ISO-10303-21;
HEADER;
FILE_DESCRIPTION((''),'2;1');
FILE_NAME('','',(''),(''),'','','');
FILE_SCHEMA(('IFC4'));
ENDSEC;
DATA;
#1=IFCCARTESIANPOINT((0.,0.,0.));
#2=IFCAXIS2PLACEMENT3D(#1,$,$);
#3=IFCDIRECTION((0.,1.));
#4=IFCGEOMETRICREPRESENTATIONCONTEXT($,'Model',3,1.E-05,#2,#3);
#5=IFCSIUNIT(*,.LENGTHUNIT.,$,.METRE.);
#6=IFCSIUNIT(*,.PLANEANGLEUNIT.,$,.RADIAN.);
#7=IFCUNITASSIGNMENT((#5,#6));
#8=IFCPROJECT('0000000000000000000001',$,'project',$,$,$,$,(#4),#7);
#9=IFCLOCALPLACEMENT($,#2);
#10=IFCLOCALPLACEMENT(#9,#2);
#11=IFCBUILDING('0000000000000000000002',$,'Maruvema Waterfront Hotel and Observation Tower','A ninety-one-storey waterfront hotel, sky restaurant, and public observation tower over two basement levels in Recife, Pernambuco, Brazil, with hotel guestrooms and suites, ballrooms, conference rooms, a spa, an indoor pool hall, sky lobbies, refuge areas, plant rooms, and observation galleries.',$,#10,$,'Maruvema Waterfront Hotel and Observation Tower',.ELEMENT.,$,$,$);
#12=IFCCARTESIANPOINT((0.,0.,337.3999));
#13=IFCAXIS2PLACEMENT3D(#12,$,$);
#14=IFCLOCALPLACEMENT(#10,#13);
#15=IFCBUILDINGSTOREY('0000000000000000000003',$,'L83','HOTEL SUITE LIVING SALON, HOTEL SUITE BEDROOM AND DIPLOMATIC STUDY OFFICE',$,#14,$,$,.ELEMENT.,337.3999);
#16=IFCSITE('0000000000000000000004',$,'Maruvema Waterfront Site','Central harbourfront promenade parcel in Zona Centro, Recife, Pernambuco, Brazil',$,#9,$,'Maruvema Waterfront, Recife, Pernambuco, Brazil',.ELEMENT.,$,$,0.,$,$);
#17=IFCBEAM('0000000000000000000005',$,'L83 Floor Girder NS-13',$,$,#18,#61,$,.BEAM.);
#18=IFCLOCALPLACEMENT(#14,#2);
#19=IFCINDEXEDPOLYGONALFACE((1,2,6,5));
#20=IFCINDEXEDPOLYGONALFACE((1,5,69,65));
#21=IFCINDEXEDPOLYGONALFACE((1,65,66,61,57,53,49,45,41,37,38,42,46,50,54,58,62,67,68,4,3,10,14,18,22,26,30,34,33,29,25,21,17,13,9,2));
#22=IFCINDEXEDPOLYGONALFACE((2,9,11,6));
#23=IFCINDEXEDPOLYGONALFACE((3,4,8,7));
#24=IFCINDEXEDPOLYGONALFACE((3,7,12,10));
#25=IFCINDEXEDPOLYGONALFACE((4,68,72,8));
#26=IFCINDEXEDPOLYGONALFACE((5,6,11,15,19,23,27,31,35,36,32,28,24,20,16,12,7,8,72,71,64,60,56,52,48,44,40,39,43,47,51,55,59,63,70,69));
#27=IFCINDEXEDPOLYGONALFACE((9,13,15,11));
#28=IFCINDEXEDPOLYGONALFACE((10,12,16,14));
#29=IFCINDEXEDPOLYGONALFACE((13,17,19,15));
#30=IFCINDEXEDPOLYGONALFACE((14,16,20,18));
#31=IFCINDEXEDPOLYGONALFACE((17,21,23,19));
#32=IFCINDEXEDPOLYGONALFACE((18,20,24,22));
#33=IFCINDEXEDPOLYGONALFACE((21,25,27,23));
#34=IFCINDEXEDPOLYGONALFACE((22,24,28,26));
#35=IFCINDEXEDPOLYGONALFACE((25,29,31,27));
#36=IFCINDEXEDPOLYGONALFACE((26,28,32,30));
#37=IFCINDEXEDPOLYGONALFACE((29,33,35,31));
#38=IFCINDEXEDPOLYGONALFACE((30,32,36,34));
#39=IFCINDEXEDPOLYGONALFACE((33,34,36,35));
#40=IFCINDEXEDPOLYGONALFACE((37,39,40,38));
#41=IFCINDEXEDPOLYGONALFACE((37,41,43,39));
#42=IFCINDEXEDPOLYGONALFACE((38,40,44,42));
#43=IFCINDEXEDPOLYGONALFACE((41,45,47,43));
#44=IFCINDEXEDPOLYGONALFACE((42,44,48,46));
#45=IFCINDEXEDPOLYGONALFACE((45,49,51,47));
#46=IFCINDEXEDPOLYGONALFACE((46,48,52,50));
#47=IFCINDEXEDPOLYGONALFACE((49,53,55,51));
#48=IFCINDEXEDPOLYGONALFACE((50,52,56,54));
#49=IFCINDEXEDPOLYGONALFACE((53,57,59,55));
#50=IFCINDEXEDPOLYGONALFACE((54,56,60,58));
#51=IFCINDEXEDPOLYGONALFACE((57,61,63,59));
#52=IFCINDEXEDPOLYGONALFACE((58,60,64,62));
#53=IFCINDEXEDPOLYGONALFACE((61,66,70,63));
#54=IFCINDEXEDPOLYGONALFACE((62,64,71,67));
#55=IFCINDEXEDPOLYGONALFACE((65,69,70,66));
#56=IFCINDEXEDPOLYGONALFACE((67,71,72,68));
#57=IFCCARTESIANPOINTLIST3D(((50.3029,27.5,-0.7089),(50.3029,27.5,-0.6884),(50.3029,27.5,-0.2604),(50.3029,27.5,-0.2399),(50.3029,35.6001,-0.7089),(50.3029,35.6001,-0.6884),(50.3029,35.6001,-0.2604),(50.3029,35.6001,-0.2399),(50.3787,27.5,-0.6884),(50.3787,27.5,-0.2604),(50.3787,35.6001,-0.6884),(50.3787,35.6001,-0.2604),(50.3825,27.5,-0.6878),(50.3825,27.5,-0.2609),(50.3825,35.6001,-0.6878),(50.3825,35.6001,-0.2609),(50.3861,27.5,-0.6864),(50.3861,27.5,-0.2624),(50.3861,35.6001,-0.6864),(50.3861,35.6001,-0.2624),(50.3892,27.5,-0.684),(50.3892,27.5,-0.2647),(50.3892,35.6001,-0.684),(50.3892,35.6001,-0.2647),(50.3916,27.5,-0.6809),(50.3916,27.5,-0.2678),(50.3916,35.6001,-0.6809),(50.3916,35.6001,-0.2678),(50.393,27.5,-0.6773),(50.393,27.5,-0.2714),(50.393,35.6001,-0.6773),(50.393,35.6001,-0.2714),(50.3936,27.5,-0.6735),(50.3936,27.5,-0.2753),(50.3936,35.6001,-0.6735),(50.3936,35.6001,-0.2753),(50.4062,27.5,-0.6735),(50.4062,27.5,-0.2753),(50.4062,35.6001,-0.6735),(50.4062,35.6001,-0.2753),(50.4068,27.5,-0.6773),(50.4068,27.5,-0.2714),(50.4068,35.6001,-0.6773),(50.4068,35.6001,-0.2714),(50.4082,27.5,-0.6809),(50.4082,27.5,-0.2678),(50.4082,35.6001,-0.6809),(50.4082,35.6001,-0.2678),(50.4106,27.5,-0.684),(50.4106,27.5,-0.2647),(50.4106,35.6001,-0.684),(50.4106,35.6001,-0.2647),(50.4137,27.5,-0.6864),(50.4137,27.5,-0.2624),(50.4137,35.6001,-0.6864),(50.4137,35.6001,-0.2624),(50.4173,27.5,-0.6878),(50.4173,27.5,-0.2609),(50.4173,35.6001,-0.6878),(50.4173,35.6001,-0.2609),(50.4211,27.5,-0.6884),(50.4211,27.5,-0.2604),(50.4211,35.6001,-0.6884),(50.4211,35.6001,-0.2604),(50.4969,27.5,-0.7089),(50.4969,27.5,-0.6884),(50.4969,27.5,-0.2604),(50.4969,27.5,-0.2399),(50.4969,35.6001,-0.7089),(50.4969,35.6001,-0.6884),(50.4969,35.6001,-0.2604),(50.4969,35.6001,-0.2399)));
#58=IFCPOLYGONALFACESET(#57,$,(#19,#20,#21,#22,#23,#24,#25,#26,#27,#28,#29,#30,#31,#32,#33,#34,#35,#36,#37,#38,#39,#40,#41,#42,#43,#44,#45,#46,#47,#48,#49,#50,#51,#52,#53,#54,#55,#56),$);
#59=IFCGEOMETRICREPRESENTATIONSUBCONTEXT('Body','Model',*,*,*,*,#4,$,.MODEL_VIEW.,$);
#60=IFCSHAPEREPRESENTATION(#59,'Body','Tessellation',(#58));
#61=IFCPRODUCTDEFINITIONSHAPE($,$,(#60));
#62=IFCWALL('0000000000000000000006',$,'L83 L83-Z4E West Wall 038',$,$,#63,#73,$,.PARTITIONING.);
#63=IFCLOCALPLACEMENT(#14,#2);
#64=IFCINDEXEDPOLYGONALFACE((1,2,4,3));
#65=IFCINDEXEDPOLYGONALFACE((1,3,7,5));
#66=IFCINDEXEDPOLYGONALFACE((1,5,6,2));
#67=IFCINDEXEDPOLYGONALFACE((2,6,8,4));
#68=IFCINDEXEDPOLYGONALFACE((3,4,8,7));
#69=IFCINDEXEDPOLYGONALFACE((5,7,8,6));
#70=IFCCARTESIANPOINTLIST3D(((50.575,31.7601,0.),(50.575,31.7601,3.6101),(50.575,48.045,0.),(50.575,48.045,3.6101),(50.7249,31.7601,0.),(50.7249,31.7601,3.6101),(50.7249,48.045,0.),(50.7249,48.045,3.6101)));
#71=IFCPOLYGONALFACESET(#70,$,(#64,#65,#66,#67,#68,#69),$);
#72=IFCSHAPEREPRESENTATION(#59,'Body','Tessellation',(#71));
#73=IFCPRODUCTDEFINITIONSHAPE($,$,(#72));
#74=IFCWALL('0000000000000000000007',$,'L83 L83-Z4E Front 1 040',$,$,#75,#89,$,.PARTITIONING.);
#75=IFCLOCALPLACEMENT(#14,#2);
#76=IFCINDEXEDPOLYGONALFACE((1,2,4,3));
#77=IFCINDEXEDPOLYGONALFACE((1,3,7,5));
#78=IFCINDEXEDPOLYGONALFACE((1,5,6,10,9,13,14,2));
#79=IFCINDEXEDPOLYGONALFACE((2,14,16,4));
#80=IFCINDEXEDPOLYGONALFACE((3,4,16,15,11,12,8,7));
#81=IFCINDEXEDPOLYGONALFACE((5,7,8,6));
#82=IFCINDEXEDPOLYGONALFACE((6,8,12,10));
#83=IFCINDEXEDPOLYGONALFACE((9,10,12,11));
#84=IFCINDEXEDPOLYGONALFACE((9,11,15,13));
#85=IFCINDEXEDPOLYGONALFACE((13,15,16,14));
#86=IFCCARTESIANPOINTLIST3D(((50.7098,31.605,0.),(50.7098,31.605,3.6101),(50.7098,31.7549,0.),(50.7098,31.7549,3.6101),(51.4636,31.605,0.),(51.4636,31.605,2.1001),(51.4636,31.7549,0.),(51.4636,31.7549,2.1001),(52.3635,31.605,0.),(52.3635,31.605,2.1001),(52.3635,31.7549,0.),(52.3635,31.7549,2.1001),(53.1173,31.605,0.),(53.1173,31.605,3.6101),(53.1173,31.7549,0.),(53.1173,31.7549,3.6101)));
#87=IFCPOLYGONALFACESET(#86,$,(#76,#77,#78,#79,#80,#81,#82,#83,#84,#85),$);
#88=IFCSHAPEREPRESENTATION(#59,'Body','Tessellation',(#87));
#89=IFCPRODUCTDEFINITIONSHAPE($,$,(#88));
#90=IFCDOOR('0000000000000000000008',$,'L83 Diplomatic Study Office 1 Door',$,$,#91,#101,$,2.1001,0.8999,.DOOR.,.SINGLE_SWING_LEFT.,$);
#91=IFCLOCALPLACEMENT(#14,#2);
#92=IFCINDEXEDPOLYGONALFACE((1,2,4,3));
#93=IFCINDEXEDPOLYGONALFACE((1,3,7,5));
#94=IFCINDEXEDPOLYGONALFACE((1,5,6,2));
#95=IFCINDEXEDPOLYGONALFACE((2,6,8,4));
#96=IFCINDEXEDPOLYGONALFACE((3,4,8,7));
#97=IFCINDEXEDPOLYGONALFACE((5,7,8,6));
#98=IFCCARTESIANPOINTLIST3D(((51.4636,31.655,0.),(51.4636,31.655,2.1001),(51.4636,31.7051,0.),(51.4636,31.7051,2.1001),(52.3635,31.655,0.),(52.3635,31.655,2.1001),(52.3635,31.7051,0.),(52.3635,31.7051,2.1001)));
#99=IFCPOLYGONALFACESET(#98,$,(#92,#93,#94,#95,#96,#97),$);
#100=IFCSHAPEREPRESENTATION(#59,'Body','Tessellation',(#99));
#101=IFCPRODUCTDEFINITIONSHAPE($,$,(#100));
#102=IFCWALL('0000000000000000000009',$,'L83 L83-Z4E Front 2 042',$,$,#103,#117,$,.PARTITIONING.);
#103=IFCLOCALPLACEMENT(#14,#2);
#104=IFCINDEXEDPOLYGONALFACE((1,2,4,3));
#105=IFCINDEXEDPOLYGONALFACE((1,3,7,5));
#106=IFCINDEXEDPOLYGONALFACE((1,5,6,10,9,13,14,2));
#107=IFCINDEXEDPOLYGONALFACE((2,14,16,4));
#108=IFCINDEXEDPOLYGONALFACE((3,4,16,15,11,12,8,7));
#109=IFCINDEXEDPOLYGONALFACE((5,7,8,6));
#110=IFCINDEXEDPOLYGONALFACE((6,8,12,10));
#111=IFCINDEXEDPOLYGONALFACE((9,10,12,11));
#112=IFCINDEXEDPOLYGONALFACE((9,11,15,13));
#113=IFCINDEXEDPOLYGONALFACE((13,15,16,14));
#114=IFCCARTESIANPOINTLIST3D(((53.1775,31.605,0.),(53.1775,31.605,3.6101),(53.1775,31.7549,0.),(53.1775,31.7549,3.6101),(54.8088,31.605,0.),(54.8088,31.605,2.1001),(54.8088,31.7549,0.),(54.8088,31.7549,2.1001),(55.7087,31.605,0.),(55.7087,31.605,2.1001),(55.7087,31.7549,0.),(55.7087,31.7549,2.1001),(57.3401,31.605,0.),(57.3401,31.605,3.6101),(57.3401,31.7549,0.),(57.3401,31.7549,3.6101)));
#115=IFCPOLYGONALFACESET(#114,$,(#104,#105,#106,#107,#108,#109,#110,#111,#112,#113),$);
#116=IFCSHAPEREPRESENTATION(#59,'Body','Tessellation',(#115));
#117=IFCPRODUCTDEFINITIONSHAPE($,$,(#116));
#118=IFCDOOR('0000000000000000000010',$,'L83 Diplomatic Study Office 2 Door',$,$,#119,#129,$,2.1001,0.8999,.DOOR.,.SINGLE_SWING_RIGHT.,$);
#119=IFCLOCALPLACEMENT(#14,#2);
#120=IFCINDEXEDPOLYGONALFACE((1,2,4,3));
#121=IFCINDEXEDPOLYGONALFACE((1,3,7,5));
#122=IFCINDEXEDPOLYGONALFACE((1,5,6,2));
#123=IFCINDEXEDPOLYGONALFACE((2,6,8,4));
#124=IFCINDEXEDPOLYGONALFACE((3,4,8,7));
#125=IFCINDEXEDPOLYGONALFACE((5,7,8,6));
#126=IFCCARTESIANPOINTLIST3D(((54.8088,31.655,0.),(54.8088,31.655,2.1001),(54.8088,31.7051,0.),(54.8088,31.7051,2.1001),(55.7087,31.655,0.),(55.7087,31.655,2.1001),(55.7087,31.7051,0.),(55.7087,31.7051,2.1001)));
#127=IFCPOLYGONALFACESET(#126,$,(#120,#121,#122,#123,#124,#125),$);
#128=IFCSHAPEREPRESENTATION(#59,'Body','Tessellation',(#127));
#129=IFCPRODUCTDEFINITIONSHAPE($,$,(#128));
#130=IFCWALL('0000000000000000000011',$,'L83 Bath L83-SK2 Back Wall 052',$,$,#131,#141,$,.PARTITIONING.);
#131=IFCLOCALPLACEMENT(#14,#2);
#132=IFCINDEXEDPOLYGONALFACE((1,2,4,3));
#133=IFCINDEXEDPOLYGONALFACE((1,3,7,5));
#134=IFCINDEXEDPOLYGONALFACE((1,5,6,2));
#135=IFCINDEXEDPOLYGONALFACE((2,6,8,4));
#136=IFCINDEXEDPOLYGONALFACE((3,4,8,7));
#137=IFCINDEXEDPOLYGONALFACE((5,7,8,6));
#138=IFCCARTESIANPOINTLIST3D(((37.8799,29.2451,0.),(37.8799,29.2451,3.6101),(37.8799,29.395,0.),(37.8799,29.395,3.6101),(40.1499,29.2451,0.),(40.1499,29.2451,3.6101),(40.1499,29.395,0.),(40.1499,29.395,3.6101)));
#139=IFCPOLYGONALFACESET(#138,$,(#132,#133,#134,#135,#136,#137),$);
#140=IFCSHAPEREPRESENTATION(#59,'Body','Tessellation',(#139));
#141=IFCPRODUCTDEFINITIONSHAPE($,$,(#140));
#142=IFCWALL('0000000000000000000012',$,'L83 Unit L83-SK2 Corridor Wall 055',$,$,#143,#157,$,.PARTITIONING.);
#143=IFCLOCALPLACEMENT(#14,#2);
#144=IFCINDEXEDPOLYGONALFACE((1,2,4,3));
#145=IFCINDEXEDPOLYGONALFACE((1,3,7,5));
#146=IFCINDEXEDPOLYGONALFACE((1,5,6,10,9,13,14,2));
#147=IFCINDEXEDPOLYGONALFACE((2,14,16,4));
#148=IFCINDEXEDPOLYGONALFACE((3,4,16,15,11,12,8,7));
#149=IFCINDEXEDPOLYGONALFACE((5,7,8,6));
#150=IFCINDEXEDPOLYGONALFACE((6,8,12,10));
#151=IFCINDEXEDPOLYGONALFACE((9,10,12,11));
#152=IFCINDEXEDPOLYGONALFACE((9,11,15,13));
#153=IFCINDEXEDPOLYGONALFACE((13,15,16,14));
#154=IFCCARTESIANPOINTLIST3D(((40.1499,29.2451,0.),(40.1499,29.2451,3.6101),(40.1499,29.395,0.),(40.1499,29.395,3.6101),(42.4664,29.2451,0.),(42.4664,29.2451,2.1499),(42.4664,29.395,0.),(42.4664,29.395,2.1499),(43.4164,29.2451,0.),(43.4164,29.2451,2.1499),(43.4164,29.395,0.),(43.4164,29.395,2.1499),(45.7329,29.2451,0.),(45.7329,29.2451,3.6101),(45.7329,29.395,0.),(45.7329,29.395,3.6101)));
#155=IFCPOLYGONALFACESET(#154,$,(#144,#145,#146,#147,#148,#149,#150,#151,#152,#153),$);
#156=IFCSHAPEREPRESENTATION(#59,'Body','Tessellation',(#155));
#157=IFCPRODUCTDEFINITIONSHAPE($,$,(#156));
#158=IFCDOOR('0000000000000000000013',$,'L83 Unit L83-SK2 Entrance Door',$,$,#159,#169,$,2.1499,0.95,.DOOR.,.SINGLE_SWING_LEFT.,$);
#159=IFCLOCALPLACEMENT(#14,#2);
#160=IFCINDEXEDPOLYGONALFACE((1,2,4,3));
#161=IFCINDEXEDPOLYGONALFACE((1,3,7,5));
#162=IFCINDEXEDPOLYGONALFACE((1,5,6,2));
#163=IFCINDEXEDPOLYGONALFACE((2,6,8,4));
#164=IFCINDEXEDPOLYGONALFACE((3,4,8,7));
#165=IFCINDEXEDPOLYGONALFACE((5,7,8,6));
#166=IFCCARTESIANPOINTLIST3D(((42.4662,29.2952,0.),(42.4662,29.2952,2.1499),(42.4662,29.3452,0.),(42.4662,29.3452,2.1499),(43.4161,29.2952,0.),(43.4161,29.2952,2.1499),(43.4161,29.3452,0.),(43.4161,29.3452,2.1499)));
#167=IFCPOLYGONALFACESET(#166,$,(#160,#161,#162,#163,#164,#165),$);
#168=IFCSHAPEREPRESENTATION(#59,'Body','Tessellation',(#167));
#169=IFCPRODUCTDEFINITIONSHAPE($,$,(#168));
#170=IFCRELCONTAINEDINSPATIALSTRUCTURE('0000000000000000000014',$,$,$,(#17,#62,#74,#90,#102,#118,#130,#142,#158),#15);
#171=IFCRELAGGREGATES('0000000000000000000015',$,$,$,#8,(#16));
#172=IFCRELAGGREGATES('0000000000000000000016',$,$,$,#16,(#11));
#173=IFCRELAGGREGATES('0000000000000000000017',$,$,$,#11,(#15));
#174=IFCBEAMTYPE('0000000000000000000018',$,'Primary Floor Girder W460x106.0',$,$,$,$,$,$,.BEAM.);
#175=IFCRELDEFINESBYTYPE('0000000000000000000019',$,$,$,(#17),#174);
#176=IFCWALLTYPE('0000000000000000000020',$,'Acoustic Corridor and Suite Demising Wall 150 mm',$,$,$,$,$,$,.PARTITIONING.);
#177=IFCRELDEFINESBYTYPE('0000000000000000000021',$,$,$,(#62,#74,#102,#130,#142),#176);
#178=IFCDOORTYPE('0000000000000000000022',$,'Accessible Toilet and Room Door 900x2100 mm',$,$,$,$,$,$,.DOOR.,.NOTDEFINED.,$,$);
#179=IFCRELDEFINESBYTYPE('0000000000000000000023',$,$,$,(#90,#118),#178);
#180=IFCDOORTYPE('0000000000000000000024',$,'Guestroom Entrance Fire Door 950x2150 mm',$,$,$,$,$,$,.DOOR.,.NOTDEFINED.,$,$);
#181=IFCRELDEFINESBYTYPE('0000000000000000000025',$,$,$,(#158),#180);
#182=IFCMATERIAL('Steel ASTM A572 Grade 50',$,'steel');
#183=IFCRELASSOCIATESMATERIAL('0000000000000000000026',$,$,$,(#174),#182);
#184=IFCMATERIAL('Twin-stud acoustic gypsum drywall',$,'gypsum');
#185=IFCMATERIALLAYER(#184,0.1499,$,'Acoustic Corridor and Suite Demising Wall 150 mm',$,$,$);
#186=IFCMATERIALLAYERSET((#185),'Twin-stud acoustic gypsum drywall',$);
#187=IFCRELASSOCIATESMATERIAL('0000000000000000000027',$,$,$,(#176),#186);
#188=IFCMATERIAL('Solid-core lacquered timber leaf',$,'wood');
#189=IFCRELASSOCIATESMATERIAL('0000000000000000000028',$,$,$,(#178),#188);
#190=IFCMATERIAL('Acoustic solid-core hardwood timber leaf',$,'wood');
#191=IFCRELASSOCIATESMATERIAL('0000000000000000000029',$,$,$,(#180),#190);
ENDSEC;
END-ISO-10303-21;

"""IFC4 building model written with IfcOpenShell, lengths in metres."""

from ifc_helpers import new_model, si_unit, direction, frame, frame_2d, origin, origin_2d, place, context, subcontext, project, spatial, rectangle, i_section, extrude, material, layer, layer_set, material_profile, profile_set, type_object, element, fill, save


model = new_model("IFC4")

# Units and contexts
model_context = context("Model", 3, precision=1e-05, world=origin(), true_north=direction((0.0, 1.0)))
body_context = subcontext(model_context, "Body", "Model", "MODEL_VIEW")
ifc_project = project(units=[si_unit("LENGTHUNIT", "METRE"), si_unit("PLANEANGLEUNIT", "RADIAN")], contexts=[model_context])

# Site, building, storey
site_placement = place(None, origin())
site = spatial("IfcSite", under=ifc_project, at=site_placement, Name="Maruvema Waterfront Site", Description="Central harbourfront promenade parcel in Zona Centro, Recife, Pernambuco, Brazil", LongName="Maruvema Waterfront, Recife, Pernambuco, Brazil", CompositionType="ELEMENT", RefElevation=0.0)
building_placement = place(site_placement, origin())
building = spatial("IfcBuilding", under=site, at=building_placement, Name="Maruvema Waterfront Hotel and Observation Tower", Description="A ninety-one-storey waterfront hotel, sky restaurant, and public observation tower over two basement levels in Recife, Pernambuco, Brazil, with hotel guestrooms and suites, ballrooms, conference rooms, a spa, an indoor pool hall, sky lobbies, refuge areas, plant rooms, and observation galleries.", LongName="Maruvema Waterfront Hotel and Observation Tower", CompositionType="ELEMENT")
storey_placement = place(building_placement, frame((0.0, 0.0, 337.3999)))
storey = spatial("IfcBuildingStorey", under=building, at=storey_placement, Name="L83", Description="HOTEL SUITE LIVING SALON, HOTEL SUITE BEDROOM AND DIPLOMATIC STUDY OFFICE", CompositionType="ELEMENT", Elevation=337.3999)

# Beam
ifc_material_1 = material(Name="Steel ASTM A572 Grade 50", Category="steel")
ifc_material_profile_1 = material_profile(ifc_material_1, i_section(OverallWidth=0.1941, OverallDepth=0.469, WebThickness=0.0127, FlangeThickness=0.0205, FilletRadius=0.0149, at=origin_2d()), Name="W460x106.0")
ifc_profile_set_1 = profile_set([ifc_material_profile_1], Name="Steel ASTM A572 Grade 50")
beam_type = type_object("IfcBeamType", Name="Primary Floor Girder W460x106.0", PredefinedType="BEAM", material=ifc_profile_set_1)
beam_1_placement = place(storey_placement, frame((50.3999, 27.5, -0.4744), z_axis=(0.0, 1.0, 0.0), x_axis=(-1.0, 0.0, 0.0)))
element("IfcBeam", 1, at=beam_1_placement, inside=storey, type_object=beam_type, Name="L83 Floor Girder NS-13", PredefinedType="BEAM", context=body_context, shape_type="SweptSolid", body=[
    extrude(i_section(OverallWidth=0.1941, OverallDepth=0.469, WebThickness=0.0127, FlangeThickness=0.0205, FilletRadius=0.0149, at=origin_2d()), origin(), (0.0, 0.0, 1.0), 8.1001),
])

# Wall
ifc_material_2 = material(Name="Twin-stud acoustic gypsum drywall", Category="gypsum")
ifc_layer_1 = layer(ifc_material_2, 0.1499, Name="Acoustic Corridor and Suite Demising Wall 150 mm")
ifc_layer_set_1 = layer_set([ifc_layer_1], Name="Twin-stud acoustic gypsum drywall")
wall_type_1 = type_object("IfcWallType", Name="Acoustic Corridor and Suite Demising Wall 150 mm", PredefinedType="PARTITIONING", material=ifc_layer_set_1)
wall_1_placement = place(storey_placement, frame((50.6499, 31.76, 0.0), z_axis=(0.0, 0.0, 1.0), x_axis=(0.0, 1.0, 0.0)))
element("IfcWall", 2, at=wall_1_placement, inside=storey, type_object=wall_type_1, Name="L83 L83-Z4E West Wall 038", PredefinedType="PARTITIONING", context=body_context, shape_type="SweptSolid", body=[
    extrude(rectangle(XDim=16.2849, YDim=0.1499, at=frame_2d((8.1426, 0.0))), origin(), (0.0, 0.0, 1.0), 3.6101),
])

# Walls, openings, doors
wall_2_placement = place(storey_placement, frame((50.71, 31.6799, 0.0), z_axis=(0.0, 0.0, 1.0), x_axis=(1.0, 0.0, 0.0)))
wall_2 = element("IfcWall", 3, at=wall_2_placement, inside=storey, type_object=wall_type_1, Name="L83 L83-Z4E Front 1 040", PredefinedType="PARTITIONING", context=body_context, shape_type="SweptSolid", body=[
    extrude(rectangle(XDim=2.4075, YDim=0.1499, at=frame_2d((1.2036, 0.0))), origin(), (0.0, 0.0, 1.0), 3.6101),
])
opening_1_placement = place(wall_2_placement, frame((0.7537, 0.0, 0.0)))
opening_1 = element("IfcOpeningElement", 4, at=opening_1_placement, cuts=wall_2, PredefinedType="OPENING", context=body_context, shape_type="SweptSolid", body=[
    extrude(rectangle(XDim=0.8999, YDim=2.1001, at=frame_2d((0.45, 1.05))), frame((0.0, 0.085, 0.0), z_axis=(0.0, -1.0, 0.0), x_axis=(1.0, 0.0, 0.0)), (0.0, 0.0, 1.0), 0.1699),
])
ifc_material_3 = material(Name="Solid-core lacquered timber leaf", Category="wood")
door_type_1 = type_object("IfcDoorType", Name="Accessible Toilet and Room Door 900x2100 mm", OperationType="NOTDEFINED", PredefinedType="DOOR", material=ifc_material_3)
door_1_placement = place(opening_1_placement, frame((0.8999, 0.0, 0.0), z_axis=(0.0, 0.0, 1.0), x_axis=(-1.0, 0.0, 0.0)))
door_1 = element("IfcDoor", 5, at=door_1_placement, inside=storey, type_object=door_type_1, Name="L83 Diplomatic Study Office 1 Door", OperationType="SINGLE_SWING_LEFT", OverallHeight=2.1001, OverallWidth=0.8999, PredefinedType="DOOR", context=body_context, shape_type="SweptSolid", body=[
    extrude(rectangle(XDim=0.8999, YDim=2.1001, at=frame_2d((0.45, 1.05))), frame((0.0, 0.0249, 0.0), z_axis=(0.0, -1.0, 0.0), x_axis=(1.0, 0.0, 0.0)), (0.0, 0.0, 1.0), 0.05),
])
fill(opening_1, door_1)
wall_3_placement = place(storey_placement, frame((53.1775, 31.6799, 0.0), z_axis=(0.0, 0.0, 1.0), x_axis=(1.0, 0.0, 0.0)))
wall_3 = element("IfcWall", 6, at=wall_3_placement, inside=storey, type_object=wall_type_1, Name="L83 L83-Z4E Front 2 042", PredefinedType="PARTITIONING", context=body_context, shape_type="SweptSolid", body=[
    extrude(rectangle(XDim=4.1626, YDim=0.1499, at=frame_2d((2.0813, 0.0))), origin(), (0.0, 0.0, 1.0), 3.6101),
])
opening_2_placement = place(wall_3_placement, frame((1.6313, 0.0, 0.0)))
opening_2 = element("IfcOpeningElement", 7, at=opening_2_placement, cuts=wall_3, PredefinedType="OPENING", context=body_context, shape_type="SweptSolid", body=[
    extrude(rectangle(XDim=0.8999, YDim=2.1001, at=frame_2d((0.45, 1.05))), frame((0.0, 0.085, 0.0), z_axis=(0.0, -1.0, 0.0), x_axis=(1.0, 0.0, 0.0)), (0.0, 0.0, 1.0), 0.1699),
])
door_2_placement = place(opening_2_placement, frame((0.8999, 0.0, 0.0), z_axis=(0.0, 0.0, 1.0), x_axis=(-1.0, 0.0, 0.0)))
door_2 = element("IfcDoor", 8, at=door_2_placement, inside=storey, type_object=door_type_1, Name="L83 Diplomatic Study Office 2 Door", OperationType="SINGLE_SWING_RIGHT", OverallHeight=2.1001, OverallWidth=0.8999, PredefinedType="DOOR", context=body_context, shape_type="SweptSolid", body=[
    extrude(rectangle(XDim=0.8999, YDim=2.1001, at=frame_2d((0.45, 1.05))), frame((0.0, 0.0249, 0.0), z_axis=(0.0, -1.0, 0.0), x_axis=(1.0, 0.0, 0.0)), (0.0, 0.0, 1.0), 0.05),
])
fill(opening_2, door_2)

# Wall
wall_4_placement = place(storey_placement, frame((37.8799, 29.3201, 0.0), z_axis=(0.0, 0.0, 1.0), x_axis=(1.0, 0.0, 0.0)))
element("IfcWall", 9, at=wall_4_placement, inside=storey, type_object=wall_type_1, Name="L83 Bath L83-SK2 Back Wall 052", PredefinedType="PARTITIONING", context=body_context, shape_type="SweptSolid", body=[
    extrude(rectangle(XDim=2.27, YDim=0.1499, at=frame_2d((1.135, 0.0))), origin(), (0.0, 0.0, 1.0), 3.6101),
])

# Wall, opening, door
wall_5_placement = place(storey_placement, frame((40.1499, 29.3201, 0.0), z_axis=(0.0, 0.0, 1.0), x_axis=(1.0, 0.0, 0.0)))
wall_5 = element("IfcWall", 10, at=wall_5_placement, inside=storey, type_object=wall_type_1, Name="L83 Unit L83-SK2 Corridor Wall 055", PredefinedType="PARTITIONING", context=body_context, shape_type="SweptSolid", body=[
    extrude(rectangle(XDim=5.583, YDim=0.1499, at=frame_2d((2.7915, 0.0))), origin(), (0.0, 0.0, 1.0), 3.6101),
])
opening_3_placement = place(wall_5_placement, frame((2.3164, 0.0, 0.0)))
opening_3 = element("IfcOpeningElement", 11, at=opening_3_placement, cuts=wall_5, PredefinedType="OPENING", context=body_context, shape_type="SweptSolid", body=[
    extrude(rectangle(XDim=0.95, YDim=2.1499, at=frame_2d((0.4751, 1.075))), frame((0.0, 0.085, 0.0), z_axis=(0.0, -1.0, 0.0), x_axis=(1.0, 0.0, 0.0)), (0.0, 0.0, 1.0), 0.1699),
])
ifc_material_4 = material(Name="Acoustic solid-core hardwood timber leaf", Category="wood")
door_type_2 = type_object("IfcDoorType", Name="Guestroom Entrance Fire Door 950x2150 mm", OperationType="NOTDEFINED", PredefinedType="DOOR", material=ifc_material_4)
door_3_placement = place(opening_3_placement, frame((0.95, 0.0, 0.0), z_axis=(0.0, 0.0, 1.0), x_axis=(-1.0, 0.0, 0.0)))
door_3 = element("IfcDoor", 12, at=door_3_placement, inside=storey, type_object=door_type_2, Name="L83 Unit L83-SK2 Entrance Door", OperationType="SINGLE_SWING_LEFT", OverallHeight=2.1499, OverallWidth=0.95, PredefinedType="DOOR", context=body_context, shape_type="SweptSolid", body=[
    extrude(rectangle(XDim=0.95, YDim=2.1499, at=frame_2d((0.4751, 1.075))), frame((0.0, 0.0249, 0.0), z_axis=(0.0, -1.0, 0.0), x_axis=(1.0, 0.0, 0.0)), (0.0, 0.0, 1.0), 0.05),
])
fill(opening_3, door_3)

save(model, "model.ifc")
